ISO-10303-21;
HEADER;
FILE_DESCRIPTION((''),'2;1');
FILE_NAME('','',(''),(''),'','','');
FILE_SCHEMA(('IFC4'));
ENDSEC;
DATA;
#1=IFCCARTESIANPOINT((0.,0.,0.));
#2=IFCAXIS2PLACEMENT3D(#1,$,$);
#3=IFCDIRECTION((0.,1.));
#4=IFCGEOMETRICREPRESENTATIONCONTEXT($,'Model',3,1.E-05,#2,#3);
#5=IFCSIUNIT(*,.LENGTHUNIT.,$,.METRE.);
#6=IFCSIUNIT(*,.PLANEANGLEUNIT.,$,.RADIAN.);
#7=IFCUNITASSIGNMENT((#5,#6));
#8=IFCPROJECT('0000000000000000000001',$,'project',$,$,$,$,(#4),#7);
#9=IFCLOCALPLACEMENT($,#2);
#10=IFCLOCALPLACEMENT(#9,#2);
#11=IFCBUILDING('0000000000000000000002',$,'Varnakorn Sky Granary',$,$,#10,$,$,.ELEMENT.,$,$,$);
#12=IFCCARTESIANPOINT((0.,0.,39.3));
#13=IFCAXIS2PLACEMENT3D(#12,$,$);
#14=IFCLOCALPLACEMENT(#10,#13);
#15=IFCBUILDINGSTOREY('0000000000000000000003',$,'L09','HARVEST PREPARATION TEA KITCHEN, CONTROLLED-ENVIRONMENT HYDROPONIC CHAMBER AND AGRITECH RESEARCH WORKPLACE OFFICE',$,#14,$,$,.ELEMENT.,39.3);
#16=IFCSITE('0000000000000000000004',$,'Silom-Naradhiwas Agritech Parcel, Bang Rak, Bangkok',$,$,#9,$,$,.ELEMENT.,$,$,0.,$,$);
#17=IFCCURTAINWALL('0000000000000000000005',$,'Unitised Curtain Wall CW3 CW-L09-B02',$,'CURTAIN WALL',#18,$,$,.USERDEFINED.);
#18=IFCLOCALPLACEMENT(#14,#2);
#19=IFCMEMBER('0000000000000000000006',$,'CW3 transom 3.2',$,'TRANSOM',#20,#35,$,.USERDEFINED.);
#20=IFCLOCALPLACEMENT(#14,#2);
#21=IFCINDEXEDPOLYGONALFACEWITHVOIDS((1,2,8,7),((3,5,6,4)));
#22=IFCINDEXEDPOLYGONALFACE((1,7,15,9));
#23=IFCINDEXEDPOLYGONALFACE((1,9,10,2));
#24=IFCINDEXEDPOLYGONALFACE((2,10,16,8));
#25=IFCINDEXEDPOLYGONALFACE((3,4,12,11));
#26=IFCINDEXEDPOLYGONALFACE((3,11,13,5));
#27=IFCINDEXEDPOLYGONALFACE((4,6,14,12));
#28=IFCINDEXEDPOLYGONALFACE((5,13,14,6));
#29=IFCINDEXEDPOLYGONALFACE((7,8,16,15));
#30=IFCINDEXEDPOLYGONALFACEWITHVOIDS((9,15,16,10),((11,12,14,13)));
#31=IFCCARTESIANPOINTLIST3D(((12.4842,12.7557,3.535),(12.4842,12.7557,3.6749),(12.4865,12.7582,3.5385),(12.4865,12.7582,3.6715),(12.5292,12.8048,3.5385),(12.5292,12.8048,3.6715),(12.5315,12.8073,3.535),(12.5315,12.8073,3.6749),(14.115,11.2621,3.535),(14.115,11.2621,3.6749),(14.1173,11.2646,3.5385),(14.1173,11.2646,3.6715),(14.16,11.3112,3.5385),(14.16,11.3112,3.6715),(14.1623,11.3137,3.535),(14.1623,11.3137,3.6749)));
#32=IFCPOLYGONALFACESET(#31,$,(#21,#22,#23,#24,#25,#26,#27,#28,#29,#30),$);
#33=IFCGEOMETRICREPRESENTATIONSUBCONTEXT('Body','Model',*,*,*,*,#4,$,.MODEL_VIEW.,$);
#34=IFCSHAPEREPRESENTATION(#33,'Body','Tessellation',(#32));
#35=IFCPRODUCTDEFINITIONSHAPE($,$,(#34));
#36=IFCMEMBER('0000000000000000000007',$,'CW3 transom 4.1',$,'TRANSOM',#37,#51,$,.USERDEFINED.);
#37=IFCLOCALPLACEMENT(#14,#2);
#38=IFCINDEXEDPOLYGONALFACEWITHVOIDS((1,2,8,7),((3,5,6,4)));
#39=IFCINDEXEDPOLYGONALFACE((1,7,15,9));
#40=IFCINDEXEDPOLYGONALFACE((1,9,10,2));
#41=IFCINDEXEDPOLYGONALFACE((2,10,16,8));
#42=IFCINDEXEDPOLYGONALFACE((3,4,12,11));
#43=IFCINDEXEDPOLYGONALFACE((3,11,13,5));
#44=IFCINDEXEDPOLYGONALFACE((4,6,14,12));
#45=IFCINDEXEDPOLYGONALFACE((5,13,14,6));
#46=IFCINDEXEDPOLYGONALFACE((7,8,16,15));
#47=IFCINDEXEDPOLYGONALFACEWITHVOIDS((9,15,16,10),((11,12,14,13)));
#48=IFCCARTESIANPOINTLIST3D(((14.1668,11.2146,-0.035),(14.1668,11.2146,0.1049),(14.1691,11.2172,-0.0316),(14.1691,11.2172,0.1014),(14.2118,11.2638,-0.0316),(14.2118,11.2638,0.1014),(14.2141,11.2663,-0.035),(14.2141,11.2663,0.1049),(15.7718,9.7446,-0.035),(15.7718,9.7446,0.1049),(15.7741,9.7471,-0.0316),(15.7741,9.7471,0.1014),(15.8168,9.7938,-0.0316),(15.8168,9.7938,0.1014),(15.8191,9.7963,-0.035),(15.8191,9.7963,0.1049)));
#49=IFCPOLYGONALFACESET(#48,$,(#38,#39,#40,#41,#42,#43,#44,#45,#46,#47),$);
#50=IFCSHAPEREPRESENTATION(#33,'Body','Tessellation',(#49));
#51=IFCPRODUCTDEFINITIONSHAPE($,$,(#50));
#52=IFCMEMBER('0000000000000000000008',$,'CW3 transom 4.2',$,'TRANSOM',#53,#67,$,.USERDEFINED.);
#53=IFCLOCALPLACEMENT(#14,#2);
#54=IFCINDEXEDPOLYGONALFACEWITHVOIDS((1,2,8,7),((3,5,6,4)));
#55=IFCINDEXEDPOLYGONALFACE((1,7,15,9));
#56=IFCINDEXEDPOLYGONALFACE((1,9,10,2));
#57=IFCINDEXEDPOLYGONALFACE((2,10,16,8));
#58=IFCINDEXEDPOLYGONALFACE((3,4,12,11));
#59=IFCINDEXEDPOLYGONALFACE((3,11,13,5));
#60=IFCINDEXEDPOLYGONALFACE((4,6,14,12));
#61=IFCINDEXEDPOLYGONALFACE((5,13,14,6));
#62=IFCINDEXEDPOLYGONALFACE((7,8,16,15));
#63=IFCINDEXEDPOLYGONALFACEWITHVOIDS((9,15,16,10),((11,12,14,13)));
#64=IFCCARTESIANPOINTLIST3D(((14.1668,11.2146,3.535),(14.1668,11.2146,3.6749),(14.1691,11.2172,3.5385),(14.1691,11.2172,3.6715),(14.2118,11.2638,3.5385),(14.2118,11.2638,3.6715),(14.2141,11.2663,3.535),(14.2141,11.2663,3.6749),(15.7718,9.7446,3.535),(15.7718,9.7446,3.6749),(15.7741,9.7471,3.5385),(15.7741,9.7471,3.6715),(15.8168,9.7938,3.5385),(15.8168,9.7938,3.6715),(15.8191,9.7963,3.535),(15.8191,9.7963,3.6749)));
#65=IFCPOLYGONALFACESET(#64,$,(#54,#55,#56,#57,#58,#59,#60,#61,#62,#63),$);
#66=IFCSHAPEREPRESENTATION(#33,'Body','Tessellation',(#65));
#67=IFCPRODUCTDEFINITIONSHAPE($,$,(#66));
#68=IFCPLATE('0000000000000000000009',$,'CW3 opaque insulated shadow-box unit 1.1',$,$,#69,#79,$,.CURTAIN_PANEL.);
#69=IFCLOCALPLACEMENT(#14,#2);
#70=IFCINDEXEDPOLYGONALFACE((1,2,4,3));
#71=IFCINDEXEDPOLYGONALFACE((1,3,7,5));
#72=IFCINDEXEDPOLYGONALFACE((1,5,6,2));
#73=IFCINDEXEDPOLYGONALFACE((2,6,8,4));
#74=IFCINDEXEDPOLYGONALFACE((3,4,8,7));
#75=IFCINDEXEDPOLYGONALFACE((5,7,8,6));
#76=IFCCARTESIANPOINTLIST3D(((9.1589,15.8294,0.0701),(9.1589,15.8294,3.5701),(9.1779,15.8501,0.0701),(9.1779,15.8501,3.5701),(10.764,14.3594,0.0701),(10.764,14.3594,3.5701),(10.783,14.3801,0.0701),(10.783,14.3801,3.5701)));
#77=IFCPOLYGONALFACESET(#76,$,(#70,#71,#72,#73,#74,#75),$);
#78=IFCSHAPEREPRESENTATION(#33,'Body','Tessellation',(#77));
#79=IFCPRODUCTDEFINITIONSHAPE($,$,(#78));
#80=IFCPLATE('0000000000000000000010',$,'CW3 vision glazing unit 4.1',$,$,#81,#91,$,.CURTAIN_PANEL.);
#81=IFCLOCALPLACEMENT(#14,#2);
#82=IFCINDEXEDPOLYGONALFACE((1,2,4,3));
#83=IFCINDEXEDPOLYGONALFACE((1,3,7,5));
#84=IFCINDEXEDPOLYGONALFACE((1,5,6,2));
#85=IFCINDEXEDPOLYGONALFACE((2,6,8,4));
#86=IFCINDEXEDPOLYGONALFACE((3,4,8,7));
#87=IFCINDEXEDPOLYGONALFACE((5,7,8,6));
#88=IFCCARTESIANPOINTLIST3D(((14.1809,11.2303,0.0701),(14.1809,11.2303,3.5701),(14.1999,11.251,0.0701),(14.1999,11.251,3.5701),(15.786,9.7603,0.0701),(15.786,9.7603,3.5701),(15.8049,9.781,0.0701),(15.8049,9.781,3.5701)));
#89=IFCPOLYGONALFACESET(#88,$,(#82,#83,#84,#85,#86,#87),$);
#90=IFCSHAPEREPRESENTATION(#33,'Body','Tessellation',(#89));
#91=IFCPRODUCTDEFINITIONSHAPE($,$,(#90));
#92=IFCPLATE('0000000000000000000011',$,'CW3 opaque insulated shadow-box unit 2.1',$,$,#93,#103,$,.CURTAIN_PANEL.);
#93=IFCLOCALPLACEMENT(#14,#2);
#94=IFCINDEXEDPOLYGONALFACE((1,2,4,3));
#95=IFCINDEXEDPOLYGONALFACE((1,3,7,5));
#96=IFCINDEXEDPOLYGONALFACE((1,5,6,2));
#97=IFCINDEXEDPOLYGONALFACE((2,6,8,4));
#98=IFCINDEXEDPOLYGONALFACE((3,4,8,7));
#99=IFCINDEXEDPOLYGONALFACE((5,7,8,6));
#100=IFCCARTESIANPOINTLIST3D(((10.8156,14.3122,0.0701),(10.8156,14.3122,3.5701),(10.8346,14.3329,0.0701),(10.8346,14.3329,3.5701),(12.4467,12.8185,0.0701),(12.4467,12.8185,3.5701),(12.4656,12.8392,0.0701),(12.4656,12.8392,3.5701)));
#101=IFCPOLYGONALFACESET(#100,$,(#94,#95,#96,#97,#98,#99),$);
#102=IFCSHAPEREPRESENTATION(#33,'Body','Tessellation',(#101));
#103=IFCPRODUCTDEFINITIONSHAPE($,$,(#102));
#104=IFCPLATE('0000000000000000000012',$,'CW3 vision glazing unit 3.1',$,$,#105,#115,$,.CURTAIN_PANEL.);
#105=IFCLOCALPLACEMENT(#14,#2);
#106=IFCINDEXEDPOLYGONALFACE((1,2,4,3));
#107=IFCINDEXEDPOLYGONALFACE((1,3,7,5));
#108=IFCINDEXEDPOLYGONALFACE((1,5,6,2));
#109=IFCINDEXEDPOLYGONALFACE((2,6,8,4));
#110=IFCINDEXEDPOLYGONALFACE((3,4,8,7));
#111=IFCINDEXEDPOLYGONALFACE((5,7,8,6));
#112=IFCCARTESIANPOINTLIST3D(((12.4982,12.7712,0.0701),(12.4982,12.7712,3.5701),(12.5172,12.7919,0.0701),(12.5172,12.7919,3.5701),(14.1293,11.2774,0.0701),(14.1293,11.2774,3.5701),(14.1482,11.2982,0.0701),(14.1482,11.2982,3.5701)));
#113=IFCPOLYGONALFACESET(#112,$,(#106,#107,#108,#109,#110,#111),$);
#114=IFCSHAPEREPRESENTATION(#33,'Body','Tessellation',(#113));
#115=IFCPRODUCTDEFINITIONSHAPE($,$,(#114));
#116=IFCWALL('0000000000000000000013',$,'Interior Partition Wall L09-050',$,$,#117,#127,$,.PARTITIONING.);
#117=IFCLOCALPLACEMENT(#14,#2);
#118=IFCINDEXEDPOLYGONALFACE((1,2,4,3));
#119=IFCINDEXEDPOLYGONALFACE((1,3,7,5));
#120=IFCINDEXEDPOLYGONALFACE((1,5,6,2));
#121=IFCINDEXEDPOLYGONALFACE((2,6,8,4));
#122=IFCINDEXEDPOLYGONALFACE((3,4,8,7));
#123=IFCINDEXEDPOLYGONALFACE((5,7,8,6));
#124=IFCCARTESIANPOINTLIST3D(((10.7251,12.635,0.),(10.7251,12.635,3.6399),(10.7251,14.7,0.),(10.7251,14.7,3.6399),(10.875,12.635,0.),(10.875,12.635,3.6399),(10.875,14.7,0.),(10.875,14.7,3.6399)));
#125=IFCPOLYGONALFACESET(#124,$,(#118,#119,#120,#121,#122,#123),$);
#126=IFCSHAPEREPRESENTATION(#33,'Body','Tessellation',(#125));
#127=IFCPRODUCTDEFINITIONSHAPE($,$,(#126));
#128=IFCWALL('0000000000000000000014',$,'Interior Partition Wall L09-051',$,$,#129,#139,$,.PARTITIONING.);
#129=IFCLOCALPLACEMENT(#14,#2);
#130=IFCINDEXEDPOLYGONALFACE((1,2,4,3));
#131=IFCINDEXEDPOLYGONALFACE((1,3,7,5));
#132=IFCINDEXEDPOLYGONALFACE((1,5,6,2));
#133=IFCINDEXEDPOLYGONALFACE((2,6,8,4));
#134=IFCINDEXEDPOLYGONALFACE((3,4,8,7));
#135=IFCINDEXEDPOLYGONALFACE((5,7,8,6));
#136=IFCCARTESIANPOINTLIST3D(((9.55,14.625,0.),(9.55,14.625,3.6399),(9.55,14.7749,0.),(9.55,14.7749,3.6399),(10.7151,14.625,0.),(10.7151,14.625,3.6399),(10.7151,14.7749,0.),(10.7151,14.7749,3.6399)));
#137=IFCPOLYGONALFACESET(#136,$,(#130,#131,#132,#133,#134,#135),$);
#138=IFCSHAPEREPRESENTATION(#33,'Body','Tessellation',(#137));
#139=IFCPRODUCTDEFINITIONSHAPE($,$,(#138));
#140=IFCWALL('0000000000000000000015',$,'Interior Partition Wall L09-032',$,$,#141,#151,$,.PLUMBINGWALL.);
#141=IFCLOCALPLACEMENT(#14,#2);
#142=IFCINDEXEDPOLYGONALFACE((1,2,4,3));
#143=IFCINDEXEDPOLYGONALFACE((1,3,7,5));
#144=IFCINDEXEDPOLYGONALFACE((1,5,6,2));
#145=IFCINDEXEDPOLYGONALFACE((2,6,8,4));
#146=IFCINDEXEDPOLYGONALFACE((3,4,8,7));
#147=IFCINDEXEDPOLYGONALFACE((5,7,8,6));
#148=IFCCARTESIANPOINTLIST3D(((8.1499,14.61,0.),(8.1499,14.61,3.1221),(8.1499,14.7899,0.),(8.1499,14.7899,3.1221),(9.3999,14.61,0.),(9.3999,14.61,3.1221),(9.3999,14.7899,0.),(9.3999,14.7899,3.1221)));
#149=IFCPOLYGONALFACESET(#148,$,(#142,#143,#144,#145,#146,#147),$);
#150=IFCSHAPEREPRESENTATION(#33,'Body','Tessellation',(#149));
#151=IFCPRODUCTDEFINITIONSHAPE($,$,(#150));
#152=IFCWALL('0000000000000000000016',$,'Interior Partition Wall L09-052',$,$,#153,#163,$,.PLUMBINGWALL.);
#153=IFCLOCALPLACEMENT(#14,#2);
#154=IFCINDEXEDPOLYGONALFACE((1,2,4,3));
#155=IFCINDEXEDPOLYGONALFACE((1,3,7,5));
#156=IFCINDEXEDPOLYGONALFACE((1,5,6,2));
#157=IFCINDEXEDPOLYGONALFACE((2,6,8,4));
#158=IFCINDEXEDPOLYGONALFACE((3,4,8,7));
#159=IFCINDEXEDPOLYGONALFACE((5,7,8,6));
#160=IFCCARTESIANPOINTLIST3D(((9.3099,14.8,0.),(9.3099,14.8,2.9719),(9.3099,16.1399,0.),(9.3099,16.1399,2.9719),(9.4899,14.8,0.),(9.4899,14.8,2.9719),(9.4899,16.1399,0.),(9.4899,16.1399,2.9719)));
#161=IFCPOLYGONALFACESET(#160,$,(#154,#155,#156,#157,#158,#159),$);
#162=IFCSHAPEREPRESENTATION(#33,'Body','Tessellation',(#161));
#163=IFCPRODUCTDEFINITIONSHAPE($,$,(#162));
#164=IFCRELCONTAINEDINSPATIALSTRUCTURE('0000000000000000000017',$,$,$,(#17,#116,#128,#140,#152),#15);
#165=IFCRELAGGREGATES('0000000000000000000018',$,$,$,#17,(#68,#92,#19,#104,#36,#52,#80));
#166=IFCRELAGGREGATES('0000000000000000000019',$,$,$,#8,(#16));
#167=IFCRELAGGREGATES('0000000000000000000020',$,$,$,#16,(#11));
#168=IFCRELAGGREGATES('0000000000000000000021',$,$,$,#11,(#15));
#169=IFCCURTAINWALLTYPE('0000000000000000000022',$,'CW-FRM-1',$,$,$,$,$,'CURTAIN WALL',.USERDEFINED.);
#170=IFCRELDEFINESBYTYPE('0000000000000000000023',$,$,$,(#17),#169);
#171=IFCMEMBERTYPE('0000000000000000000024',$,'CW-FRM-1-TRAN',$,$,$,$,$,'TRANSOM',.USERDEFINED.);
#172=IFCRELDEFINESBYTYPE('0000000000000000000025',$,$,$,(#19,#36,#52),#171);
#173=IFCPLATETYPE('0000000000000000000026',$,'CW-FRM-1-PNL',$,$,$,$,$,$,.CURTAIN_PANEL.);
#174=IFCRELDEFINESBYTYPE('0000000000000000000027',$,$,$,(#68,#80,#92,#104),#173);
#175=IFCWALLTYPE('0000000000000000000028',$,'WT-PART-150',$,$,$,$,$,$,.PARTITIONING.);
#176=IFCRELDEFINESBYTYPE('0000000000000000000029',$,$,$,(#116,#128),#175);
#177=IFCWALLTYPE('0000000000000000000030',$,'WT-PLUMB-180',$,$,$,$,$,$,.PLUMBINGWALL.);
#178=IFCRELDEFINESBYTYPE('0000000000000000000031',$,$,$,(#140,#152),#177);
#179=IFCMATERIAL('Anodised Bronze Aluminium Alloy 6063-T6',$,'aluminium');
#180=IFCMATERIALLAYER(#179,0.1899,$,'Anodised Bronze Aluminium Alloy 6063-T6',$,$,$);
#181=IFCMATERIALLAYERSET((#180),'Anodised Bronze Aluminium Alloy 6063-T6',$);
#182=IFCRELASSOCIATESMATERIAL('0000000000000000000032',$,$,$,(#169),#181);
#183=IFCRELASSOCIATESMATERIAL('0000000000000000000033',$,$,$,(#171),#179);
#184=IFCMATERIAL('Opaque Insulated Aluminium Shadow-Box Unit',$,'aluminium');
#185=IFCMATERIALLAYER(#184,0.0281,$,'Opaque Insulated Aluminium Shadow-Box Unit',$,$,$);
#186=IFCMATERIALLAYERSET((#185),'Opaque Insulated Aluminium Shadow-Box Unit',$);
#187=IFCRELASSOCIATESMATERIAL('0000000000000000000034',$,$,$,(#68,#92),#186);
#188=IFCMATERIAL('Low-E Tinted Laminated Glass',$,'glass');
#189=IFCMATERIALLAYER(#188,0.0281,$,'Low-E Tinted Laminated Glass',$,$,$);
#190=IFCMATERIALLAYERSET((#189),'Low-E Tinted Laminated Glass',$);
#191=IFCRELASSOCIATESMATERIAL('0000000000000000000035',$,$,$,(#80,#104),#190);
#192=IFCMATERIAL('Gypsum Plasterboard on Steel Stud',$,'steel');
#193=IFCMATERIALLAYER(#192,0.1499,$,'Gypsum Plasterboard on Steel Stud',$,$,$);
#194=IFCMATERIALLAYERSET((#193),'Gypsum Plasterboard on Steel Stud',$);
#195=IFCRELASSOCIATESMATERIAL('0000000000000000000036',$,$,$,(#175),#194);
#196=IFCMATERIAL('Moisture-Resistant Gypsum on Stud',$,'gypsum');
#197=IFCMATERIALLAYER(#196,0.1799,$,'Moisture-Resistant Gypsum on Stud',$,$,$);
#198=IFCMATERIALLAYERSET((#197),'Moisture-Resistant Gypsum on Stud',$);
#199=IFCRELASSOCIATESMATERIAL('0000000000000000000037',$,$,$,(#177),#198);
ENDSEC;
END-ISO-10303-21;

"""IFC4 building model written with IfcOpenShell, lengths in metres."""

from ifc_helpers import new_model, si_unit, direction, frame, frame_2d, origin, origin_2d, place, context, subcontext, project, spatial, rectangle, hollow_rectangle, extrude, source, transform, mapped, material, layer, layer_set, material_profile, profile_set, type_object, type_shapes, element, aggregate, save


model = new_model("IFC4")

# Units and contexts
model_context = context("Model", 3, precision=1e-05, world=origin(), true_north=direction((0.0, 1.0)))
body_context = subcontext(model_context, "Body", "Model", "MODEL_VIEW")
ifc_project = project(units=[si_unit("LENGTHUNIT", "METRE"), si_unit("PLANEANGLEUNIT", "RADIAN")], contexts=[model_context])

# Site, building, storey
site_placement = place(None, origin())
site = spatial("IfcSite", under=ifc_project, at=site_placement, Name="Silom-Naradhiwas Agritech Parcel, Bang Rak, Bangkok", CompositionType="ELEMENT", RefElevation=0.0)
building_placement = place(site_placement, origin())
building = spatial("IfcBuilding", under=site, at=building_placement, Name="Varnakorn Sky Granary", CompositionType="ELEMENT")
storey_placement = place(building_placement, frame((0.0, 0.0, 39.3)))
storey = spatial("IfcBuildingStorey", under=building, at=storey_placement, Name="L09", Description="HARVEST PREPARATION TEA KITCHEN, CONTROLLED-ENVIRONMENT HYDROPONIC CHAMBER AND AGRITECH RESEARCH WORKPLACE OFFICE", CompositionType="ELEMENT", Elevation=39.3)

# Curtain wall, members, plates
ifc_material_1 = material(Name="Anodised Bronze Aluminium Alloy 6063-T6", Category="aluminium")
ifc_layer_1 = layer(ifc_material_1, 0.1899, Name="Anodised Bronze Aluminium Alloy 6063-T6")
ifc_layer_set_1 = layer_set([ifc_layer_1], Name="Anodised Bronze Aluminium Alloy 6063-T6")
curtain_wall_type = type_object("IfcCurtainWallType", Name="CW-FRM-1", ElementType="CURTAIN WALL", PredefinedType="USERDEFINED", material=ifc_layer_set_1)
curtain_wall_placement = place(storey_placement, origin())
curtain_wall = element("IfcCurtainWall", 1, at=curtain_wall_placement, inside=storey, type_object=curtain_wall_type, Name="Unitised Curtain Wall CW3 CW-L09-B02", ObjectType="CURTAIN WALL", PredefinedType="USERDEFINED")
ifc_material_profile_1 = material_profile(ifc_material_1, hollow_rectangle(XDim=0.0701, YDim=0.1399, WallThickness=0.0034, at=origin_2d()), Name="ALU TRAN 70x140")
ifc_profile_set_1 = profile_set([ifc_material_profile_1], Name="Anodised Bronze Aluminium Alloy 6063-T6")
member_type_1 = type_object("IfcMemberType", Name="CW-FRM-1-TRAN", ElementType="TRANSOM", PredefinedType="USERDEFINED", material=ifc_profile_set_1)
member_1_placement = place(storey_placement, frame((12.5078, 12.7815, 3.605), z_axis=(0.737447, -0.675405, 0.0), x_axis=(0.675405, 0.737447, 0.0)))
member_1 = element("IfcMember", 2, at=member_1_placement, type_object=member_type_1, Name="CW3 transom 3.2", ObjectType="TRANSOM", PredefinedType="USERDEFINED", context=body_context, shape_type="SweptSolid", body=[
    extrude(hollow_rectangle(XDim=0.0701, YDim=0.1399, WallThickness=0.0034, at=origin_2d()), origin(), (0.0, 0.0, 1.0), 2.2114),
])
member_2_placement = place(storey_placement, frame((14.1904, 11.2405, 0.0349), z_axis=(0.737443, -0.67541, 0.0), x_axis=(0.67541, 0.737443, 0.0)))
member_2 = element("IfcMember", 3, at=member_2_placement, type_object=member_type_1, Name="CW3 transom 4.1", ObjectType="TRANSOM", PredefinedType="USERDEFINED", context=body_context, shape_type="SweptSolid", body=[
    extrude(hollow_rectangle(XDim=0.0701, YDim=0.1399, WallThickness=0.0034, at=origin_2d()), origin(), (0.0, 0.0, 1.0), 2.1765),
])
member_3_placement = place(storey_placement, frame((14.1904, 11.2405, 3.605), z_axis=(0.737443, -0.67541, 0.0), x_axis=(0.67541, 0.737443, 0.0)))
member_3 = element("IfcMember", 4, at=member_3_placement, type_object=member_type_1, Name="CW3 transom 4.2", ObjectType="TRANSOM", PredefinedType="USERDEFINED", context=body_context, shape_type="SweptSolid", body=[
    extrude(hollow_rectangle(XDim=0.0701, YDim=0.1399, WallThickness=0.0034, at=origin_2d()), origin(), (0.0, 0.0, 1.0), 2.1765),
])
ifc_material_2 = material(Name="Opaque Insulated Aluminium Shadow-Box Unit", Category="aluminium")
ifc_layer_2 = layer(ifc_material_2, 0.0281, Name="Opaque Insulated Aluminium Shadow-Box Unit")
ifc_layer_set_2 = layer_set([ifc_layer_2], Name="Opaque Insulated Aluminium Shadow-Box Unit")
plate_type = type_object("IfcPlateType", Name="CW-FRM-1-PNL", PredefinedType="CURTAIN_PANEL")
shared_shape_1 = source(origin(), body_context, "Body", "SweptSolid", [
    extrude(rectangle(XDim=2.1765, YDim=0.0281, at=origin_2d()), origin(), (0.0, 0.0, 1.0), 3.5),
])
plate_1_placement = place(storey_placement, frame((9.9709, 15.1047, 0.0701), z_axis=(0.0, 0.0, 1.0), x_axis=(0.737462, -0.675389, 0.0)))
plate_1 = element("IfcPlate", 5, at=plate_1_placement, type_object=plate_type, material=ifc_layer_set_2, Name="CW3 opaque insulated shadow-box unit 1.1", PredefinedType="CURTAIN_PANEL", context=body_context, shape_type="MappedRepresentation", body=[
    mapped(shared_shape_1, transform((0.0, 0.0, 0.0), x_axis=(1.0, 0.0, 0.0), y_axis=(0.0, 1.0, 0.0), z_axis=(0.0, 0.0, 1.0), scale=1.0)),
])
ifc_material_3 = material(Name="Low-E Tinted Laminated Glass", Category="glass")
ifc_layer_3 = layer(ifc_material_3, 0.0281, Name="Low-E Tinted Laminated Glass")
ifc_layer_set_3 = layer_set([ifc_layer_3], Name="Low-E Tinted Laminated Glass")
plate_2_placement = place(storey_placement, frame((14.9929, 10.5056, 0.0701), z_axis=(0.0, 0.0, 1.0), x_axis=(0.737462, -0.675389, 0.0)))
plate_2 = element("IfcPlate", 6, at=plate_2_placement, type_object=plate_type, material=ifc_layer_set_3, Name="CW3 vision glazing unit 4.1", PredefinedType="CURTAIN_PANEL", context=body_context, shape_type="MappedRepresentation", body=[
    mapped(shared_shape_1, transform((0.0, 0.0, 0.0), x_axis=(1.0, 0.0, 0.0), y_axis=(0.0, 1.0, 0.0), z_axis=(0.0, 0.0, 1.0), scale=1.0)),
])
shared_shape_2 = source(origin(), body_context, "Body", "SweptSolid", [
    extrude(rectangle(XDim=2.2117, YDim=0.0281, at=origin_2d()), origin(), (0.0, 0.0, 1.0), 3.5),
])
type_shapes(plate_type, [shared_shape_1, shared_shape_2])
plate_3_placement = place(storey_placement, frame((11.6406, 13.5757, 0.0701), z_axis=(0.0, 0.0, 1.0), x_axis=(0.737462, -0.675389, 0.0)))
plate_3 = element("IfcPlate", 7, at=plate_3_placement, type_object=plate_type, material=ifc_layer_set_2, Name="CW3 opaque insulated shadow-box unit 2.1", PredefinedType="CURTAIN_PANEL", context=body_context, shape_type="MappedRepresentation", body=[
    mapped(shared_shape_2, transform((0.0, 0.0, 0.0), x_axis=(1.0, 0.0, 0.0), y_axis=(0.0, 1.0, 0.0), z_axis=(0.0, 0.0, 1.0), scale=1.0)),
])
plate_4_placement = place(storey_placement, frame((13.3232, 12.0347, 0.0701), z_axis=(0.0, 0.0, 1.0), x_axis=(0.737462, -0.675389, 0.0)))
plate_4 = element("IfcPlate", 8, at=plate_4_placement, type_object=plate_type, material=ifc_layer_set_3, Name="CW3 vision glazing unit 3.1", PredefinedType="CURTAIN_PANEL", context=body_context, shape_type="MappedRepresentation", body=[
    mapped(shared_shape_2, transform((0.0, 0.0, 0.0), x_axis=(1.0, 0.0, 0.0), y_axis=(0.0, 1.0, 0.0), z_axis=(0.0, 0.0, 1.0), scale=1.0)),
])
aggregate(curtain_wall, [plate_1, plate_3, member_1, plate_4, member_2, member_3, plate_2])

# Walls
ifc_material_4 = material(Name="Gypsum Plasterboard on Steel Stud", Category="steel")
ifc_layer_4 = layer(ifc_material_4, 0.1499, Name="Gypsum Plasterboard on Steel Stud")
ifc_layer_set_4 = layer_set([ifc_layer_4], Name="Gypsum Plasterboard on Steel Stud")
wall_type_1 = type_object("IfcWallType", Name="WT-PART-150", PredefinedType="PARTITIONING", material=ifc_layer_set_4)
wall_1_placement = place(storey_placement, frame((10.8, 12.635, 0.0), z_axis=(0.0, 0.0, 1.0), x_axis=(0.0, 1.0, 0.0)))
element("IfcWall", 9, at=wall_1_placement, inside=storey, type_object=wall_type_1, Name="Interior Partition Wall L09-050", PredefinedType="PARTITIONING", context=body_context, shape_type="SweptSolid", body=[
    extrude(rectangle(XDim=2.0649, YDim=0.1499, at=frame_2d((1.0325, 0.0))), origin(), (0.0, 0.0, 1.0), 3.6399),
])
wall_2_placement = place(storey_placement, frame((10.7151, 14.7, 0.0), z_axis=(0.0, 0.0, 1.0), x_axis=(-1.0, 0.0, 0.0)))
element("IfcWall", 10, at=wall_2_placement, inside=storey, type_object=wall_type_1, Name="Interior Partition Wall L09-051", PredefinedType="PARTITIONING", context=body_context, shape_type="SweptSolid", body=[
    extrude(rectangle(XDim=1.165, YDim=0.1499, at=frame_2d((0.5825, 0.0))), origin(), (0.0, 0.0, 1.0), 3.6399),
])
ifc_material_5 = material(Name="Moisture-Resistant Gypsum on Stud", Category="gypsum")
ifc_layer_5 = layer(ifc_material_5, 0.1799, Name="Moisture-Resistant Gypsum on Stud")
ifc_layer_set_5 = layer_set([ifc_layer_5], Name="Moisture-Resistant Gypsum on Stud")
wall_type_2 = type_object("IfcWallType", Name="WT-PLUMB-180", PredefinedType="PLUMBINGWALL", material=ifc_layer_set_5)
wall_3_placement = place(storey_placement, frame((9.3999, 14.7, 0.0), z_axis=(0.0, 0.0, 1.0), x_axis=(-1.0, 0.0, 0.0)))
element("IfcWall", 11, at=wall_3_placement, inside=storey, type_object=wall_type_2, Name="Interior Partition Wall L09-032", PredefinedType="PLUMBINGWALL", context=body_context, shape_type="SweptSolid", body=[
    extrude(rectangle(XDim=1.25, YDim=0.1799, at=frame_2d((0.625, 0.0))), origin(), (0.0, 0.0, 1.0), 3.1221),
])
wall_4_placement = place(storey_placement, frame((9.3999, 14.8, 0.0), z_axis=(0.0, 0.0, 1.0), x_axis=(0.0, 1.0, 0.0)))
element("IfcWall", 12, at=wall_4_placement, inside=storey, type_object=wall_type_2, Name="Interior Partition Wall L09-052", PredefinedType="PLUMBINGWALL", context=body_context, shape_type="SweptSolid", body=[
    extrude(rectangle(XDim=1.3398, YDim=0.1799, at=frame_2d((0.6699, 0.0))), origin(), (0.0, 0.0, 1.0), 2.9719),
])

save(model, "model.ifc")
